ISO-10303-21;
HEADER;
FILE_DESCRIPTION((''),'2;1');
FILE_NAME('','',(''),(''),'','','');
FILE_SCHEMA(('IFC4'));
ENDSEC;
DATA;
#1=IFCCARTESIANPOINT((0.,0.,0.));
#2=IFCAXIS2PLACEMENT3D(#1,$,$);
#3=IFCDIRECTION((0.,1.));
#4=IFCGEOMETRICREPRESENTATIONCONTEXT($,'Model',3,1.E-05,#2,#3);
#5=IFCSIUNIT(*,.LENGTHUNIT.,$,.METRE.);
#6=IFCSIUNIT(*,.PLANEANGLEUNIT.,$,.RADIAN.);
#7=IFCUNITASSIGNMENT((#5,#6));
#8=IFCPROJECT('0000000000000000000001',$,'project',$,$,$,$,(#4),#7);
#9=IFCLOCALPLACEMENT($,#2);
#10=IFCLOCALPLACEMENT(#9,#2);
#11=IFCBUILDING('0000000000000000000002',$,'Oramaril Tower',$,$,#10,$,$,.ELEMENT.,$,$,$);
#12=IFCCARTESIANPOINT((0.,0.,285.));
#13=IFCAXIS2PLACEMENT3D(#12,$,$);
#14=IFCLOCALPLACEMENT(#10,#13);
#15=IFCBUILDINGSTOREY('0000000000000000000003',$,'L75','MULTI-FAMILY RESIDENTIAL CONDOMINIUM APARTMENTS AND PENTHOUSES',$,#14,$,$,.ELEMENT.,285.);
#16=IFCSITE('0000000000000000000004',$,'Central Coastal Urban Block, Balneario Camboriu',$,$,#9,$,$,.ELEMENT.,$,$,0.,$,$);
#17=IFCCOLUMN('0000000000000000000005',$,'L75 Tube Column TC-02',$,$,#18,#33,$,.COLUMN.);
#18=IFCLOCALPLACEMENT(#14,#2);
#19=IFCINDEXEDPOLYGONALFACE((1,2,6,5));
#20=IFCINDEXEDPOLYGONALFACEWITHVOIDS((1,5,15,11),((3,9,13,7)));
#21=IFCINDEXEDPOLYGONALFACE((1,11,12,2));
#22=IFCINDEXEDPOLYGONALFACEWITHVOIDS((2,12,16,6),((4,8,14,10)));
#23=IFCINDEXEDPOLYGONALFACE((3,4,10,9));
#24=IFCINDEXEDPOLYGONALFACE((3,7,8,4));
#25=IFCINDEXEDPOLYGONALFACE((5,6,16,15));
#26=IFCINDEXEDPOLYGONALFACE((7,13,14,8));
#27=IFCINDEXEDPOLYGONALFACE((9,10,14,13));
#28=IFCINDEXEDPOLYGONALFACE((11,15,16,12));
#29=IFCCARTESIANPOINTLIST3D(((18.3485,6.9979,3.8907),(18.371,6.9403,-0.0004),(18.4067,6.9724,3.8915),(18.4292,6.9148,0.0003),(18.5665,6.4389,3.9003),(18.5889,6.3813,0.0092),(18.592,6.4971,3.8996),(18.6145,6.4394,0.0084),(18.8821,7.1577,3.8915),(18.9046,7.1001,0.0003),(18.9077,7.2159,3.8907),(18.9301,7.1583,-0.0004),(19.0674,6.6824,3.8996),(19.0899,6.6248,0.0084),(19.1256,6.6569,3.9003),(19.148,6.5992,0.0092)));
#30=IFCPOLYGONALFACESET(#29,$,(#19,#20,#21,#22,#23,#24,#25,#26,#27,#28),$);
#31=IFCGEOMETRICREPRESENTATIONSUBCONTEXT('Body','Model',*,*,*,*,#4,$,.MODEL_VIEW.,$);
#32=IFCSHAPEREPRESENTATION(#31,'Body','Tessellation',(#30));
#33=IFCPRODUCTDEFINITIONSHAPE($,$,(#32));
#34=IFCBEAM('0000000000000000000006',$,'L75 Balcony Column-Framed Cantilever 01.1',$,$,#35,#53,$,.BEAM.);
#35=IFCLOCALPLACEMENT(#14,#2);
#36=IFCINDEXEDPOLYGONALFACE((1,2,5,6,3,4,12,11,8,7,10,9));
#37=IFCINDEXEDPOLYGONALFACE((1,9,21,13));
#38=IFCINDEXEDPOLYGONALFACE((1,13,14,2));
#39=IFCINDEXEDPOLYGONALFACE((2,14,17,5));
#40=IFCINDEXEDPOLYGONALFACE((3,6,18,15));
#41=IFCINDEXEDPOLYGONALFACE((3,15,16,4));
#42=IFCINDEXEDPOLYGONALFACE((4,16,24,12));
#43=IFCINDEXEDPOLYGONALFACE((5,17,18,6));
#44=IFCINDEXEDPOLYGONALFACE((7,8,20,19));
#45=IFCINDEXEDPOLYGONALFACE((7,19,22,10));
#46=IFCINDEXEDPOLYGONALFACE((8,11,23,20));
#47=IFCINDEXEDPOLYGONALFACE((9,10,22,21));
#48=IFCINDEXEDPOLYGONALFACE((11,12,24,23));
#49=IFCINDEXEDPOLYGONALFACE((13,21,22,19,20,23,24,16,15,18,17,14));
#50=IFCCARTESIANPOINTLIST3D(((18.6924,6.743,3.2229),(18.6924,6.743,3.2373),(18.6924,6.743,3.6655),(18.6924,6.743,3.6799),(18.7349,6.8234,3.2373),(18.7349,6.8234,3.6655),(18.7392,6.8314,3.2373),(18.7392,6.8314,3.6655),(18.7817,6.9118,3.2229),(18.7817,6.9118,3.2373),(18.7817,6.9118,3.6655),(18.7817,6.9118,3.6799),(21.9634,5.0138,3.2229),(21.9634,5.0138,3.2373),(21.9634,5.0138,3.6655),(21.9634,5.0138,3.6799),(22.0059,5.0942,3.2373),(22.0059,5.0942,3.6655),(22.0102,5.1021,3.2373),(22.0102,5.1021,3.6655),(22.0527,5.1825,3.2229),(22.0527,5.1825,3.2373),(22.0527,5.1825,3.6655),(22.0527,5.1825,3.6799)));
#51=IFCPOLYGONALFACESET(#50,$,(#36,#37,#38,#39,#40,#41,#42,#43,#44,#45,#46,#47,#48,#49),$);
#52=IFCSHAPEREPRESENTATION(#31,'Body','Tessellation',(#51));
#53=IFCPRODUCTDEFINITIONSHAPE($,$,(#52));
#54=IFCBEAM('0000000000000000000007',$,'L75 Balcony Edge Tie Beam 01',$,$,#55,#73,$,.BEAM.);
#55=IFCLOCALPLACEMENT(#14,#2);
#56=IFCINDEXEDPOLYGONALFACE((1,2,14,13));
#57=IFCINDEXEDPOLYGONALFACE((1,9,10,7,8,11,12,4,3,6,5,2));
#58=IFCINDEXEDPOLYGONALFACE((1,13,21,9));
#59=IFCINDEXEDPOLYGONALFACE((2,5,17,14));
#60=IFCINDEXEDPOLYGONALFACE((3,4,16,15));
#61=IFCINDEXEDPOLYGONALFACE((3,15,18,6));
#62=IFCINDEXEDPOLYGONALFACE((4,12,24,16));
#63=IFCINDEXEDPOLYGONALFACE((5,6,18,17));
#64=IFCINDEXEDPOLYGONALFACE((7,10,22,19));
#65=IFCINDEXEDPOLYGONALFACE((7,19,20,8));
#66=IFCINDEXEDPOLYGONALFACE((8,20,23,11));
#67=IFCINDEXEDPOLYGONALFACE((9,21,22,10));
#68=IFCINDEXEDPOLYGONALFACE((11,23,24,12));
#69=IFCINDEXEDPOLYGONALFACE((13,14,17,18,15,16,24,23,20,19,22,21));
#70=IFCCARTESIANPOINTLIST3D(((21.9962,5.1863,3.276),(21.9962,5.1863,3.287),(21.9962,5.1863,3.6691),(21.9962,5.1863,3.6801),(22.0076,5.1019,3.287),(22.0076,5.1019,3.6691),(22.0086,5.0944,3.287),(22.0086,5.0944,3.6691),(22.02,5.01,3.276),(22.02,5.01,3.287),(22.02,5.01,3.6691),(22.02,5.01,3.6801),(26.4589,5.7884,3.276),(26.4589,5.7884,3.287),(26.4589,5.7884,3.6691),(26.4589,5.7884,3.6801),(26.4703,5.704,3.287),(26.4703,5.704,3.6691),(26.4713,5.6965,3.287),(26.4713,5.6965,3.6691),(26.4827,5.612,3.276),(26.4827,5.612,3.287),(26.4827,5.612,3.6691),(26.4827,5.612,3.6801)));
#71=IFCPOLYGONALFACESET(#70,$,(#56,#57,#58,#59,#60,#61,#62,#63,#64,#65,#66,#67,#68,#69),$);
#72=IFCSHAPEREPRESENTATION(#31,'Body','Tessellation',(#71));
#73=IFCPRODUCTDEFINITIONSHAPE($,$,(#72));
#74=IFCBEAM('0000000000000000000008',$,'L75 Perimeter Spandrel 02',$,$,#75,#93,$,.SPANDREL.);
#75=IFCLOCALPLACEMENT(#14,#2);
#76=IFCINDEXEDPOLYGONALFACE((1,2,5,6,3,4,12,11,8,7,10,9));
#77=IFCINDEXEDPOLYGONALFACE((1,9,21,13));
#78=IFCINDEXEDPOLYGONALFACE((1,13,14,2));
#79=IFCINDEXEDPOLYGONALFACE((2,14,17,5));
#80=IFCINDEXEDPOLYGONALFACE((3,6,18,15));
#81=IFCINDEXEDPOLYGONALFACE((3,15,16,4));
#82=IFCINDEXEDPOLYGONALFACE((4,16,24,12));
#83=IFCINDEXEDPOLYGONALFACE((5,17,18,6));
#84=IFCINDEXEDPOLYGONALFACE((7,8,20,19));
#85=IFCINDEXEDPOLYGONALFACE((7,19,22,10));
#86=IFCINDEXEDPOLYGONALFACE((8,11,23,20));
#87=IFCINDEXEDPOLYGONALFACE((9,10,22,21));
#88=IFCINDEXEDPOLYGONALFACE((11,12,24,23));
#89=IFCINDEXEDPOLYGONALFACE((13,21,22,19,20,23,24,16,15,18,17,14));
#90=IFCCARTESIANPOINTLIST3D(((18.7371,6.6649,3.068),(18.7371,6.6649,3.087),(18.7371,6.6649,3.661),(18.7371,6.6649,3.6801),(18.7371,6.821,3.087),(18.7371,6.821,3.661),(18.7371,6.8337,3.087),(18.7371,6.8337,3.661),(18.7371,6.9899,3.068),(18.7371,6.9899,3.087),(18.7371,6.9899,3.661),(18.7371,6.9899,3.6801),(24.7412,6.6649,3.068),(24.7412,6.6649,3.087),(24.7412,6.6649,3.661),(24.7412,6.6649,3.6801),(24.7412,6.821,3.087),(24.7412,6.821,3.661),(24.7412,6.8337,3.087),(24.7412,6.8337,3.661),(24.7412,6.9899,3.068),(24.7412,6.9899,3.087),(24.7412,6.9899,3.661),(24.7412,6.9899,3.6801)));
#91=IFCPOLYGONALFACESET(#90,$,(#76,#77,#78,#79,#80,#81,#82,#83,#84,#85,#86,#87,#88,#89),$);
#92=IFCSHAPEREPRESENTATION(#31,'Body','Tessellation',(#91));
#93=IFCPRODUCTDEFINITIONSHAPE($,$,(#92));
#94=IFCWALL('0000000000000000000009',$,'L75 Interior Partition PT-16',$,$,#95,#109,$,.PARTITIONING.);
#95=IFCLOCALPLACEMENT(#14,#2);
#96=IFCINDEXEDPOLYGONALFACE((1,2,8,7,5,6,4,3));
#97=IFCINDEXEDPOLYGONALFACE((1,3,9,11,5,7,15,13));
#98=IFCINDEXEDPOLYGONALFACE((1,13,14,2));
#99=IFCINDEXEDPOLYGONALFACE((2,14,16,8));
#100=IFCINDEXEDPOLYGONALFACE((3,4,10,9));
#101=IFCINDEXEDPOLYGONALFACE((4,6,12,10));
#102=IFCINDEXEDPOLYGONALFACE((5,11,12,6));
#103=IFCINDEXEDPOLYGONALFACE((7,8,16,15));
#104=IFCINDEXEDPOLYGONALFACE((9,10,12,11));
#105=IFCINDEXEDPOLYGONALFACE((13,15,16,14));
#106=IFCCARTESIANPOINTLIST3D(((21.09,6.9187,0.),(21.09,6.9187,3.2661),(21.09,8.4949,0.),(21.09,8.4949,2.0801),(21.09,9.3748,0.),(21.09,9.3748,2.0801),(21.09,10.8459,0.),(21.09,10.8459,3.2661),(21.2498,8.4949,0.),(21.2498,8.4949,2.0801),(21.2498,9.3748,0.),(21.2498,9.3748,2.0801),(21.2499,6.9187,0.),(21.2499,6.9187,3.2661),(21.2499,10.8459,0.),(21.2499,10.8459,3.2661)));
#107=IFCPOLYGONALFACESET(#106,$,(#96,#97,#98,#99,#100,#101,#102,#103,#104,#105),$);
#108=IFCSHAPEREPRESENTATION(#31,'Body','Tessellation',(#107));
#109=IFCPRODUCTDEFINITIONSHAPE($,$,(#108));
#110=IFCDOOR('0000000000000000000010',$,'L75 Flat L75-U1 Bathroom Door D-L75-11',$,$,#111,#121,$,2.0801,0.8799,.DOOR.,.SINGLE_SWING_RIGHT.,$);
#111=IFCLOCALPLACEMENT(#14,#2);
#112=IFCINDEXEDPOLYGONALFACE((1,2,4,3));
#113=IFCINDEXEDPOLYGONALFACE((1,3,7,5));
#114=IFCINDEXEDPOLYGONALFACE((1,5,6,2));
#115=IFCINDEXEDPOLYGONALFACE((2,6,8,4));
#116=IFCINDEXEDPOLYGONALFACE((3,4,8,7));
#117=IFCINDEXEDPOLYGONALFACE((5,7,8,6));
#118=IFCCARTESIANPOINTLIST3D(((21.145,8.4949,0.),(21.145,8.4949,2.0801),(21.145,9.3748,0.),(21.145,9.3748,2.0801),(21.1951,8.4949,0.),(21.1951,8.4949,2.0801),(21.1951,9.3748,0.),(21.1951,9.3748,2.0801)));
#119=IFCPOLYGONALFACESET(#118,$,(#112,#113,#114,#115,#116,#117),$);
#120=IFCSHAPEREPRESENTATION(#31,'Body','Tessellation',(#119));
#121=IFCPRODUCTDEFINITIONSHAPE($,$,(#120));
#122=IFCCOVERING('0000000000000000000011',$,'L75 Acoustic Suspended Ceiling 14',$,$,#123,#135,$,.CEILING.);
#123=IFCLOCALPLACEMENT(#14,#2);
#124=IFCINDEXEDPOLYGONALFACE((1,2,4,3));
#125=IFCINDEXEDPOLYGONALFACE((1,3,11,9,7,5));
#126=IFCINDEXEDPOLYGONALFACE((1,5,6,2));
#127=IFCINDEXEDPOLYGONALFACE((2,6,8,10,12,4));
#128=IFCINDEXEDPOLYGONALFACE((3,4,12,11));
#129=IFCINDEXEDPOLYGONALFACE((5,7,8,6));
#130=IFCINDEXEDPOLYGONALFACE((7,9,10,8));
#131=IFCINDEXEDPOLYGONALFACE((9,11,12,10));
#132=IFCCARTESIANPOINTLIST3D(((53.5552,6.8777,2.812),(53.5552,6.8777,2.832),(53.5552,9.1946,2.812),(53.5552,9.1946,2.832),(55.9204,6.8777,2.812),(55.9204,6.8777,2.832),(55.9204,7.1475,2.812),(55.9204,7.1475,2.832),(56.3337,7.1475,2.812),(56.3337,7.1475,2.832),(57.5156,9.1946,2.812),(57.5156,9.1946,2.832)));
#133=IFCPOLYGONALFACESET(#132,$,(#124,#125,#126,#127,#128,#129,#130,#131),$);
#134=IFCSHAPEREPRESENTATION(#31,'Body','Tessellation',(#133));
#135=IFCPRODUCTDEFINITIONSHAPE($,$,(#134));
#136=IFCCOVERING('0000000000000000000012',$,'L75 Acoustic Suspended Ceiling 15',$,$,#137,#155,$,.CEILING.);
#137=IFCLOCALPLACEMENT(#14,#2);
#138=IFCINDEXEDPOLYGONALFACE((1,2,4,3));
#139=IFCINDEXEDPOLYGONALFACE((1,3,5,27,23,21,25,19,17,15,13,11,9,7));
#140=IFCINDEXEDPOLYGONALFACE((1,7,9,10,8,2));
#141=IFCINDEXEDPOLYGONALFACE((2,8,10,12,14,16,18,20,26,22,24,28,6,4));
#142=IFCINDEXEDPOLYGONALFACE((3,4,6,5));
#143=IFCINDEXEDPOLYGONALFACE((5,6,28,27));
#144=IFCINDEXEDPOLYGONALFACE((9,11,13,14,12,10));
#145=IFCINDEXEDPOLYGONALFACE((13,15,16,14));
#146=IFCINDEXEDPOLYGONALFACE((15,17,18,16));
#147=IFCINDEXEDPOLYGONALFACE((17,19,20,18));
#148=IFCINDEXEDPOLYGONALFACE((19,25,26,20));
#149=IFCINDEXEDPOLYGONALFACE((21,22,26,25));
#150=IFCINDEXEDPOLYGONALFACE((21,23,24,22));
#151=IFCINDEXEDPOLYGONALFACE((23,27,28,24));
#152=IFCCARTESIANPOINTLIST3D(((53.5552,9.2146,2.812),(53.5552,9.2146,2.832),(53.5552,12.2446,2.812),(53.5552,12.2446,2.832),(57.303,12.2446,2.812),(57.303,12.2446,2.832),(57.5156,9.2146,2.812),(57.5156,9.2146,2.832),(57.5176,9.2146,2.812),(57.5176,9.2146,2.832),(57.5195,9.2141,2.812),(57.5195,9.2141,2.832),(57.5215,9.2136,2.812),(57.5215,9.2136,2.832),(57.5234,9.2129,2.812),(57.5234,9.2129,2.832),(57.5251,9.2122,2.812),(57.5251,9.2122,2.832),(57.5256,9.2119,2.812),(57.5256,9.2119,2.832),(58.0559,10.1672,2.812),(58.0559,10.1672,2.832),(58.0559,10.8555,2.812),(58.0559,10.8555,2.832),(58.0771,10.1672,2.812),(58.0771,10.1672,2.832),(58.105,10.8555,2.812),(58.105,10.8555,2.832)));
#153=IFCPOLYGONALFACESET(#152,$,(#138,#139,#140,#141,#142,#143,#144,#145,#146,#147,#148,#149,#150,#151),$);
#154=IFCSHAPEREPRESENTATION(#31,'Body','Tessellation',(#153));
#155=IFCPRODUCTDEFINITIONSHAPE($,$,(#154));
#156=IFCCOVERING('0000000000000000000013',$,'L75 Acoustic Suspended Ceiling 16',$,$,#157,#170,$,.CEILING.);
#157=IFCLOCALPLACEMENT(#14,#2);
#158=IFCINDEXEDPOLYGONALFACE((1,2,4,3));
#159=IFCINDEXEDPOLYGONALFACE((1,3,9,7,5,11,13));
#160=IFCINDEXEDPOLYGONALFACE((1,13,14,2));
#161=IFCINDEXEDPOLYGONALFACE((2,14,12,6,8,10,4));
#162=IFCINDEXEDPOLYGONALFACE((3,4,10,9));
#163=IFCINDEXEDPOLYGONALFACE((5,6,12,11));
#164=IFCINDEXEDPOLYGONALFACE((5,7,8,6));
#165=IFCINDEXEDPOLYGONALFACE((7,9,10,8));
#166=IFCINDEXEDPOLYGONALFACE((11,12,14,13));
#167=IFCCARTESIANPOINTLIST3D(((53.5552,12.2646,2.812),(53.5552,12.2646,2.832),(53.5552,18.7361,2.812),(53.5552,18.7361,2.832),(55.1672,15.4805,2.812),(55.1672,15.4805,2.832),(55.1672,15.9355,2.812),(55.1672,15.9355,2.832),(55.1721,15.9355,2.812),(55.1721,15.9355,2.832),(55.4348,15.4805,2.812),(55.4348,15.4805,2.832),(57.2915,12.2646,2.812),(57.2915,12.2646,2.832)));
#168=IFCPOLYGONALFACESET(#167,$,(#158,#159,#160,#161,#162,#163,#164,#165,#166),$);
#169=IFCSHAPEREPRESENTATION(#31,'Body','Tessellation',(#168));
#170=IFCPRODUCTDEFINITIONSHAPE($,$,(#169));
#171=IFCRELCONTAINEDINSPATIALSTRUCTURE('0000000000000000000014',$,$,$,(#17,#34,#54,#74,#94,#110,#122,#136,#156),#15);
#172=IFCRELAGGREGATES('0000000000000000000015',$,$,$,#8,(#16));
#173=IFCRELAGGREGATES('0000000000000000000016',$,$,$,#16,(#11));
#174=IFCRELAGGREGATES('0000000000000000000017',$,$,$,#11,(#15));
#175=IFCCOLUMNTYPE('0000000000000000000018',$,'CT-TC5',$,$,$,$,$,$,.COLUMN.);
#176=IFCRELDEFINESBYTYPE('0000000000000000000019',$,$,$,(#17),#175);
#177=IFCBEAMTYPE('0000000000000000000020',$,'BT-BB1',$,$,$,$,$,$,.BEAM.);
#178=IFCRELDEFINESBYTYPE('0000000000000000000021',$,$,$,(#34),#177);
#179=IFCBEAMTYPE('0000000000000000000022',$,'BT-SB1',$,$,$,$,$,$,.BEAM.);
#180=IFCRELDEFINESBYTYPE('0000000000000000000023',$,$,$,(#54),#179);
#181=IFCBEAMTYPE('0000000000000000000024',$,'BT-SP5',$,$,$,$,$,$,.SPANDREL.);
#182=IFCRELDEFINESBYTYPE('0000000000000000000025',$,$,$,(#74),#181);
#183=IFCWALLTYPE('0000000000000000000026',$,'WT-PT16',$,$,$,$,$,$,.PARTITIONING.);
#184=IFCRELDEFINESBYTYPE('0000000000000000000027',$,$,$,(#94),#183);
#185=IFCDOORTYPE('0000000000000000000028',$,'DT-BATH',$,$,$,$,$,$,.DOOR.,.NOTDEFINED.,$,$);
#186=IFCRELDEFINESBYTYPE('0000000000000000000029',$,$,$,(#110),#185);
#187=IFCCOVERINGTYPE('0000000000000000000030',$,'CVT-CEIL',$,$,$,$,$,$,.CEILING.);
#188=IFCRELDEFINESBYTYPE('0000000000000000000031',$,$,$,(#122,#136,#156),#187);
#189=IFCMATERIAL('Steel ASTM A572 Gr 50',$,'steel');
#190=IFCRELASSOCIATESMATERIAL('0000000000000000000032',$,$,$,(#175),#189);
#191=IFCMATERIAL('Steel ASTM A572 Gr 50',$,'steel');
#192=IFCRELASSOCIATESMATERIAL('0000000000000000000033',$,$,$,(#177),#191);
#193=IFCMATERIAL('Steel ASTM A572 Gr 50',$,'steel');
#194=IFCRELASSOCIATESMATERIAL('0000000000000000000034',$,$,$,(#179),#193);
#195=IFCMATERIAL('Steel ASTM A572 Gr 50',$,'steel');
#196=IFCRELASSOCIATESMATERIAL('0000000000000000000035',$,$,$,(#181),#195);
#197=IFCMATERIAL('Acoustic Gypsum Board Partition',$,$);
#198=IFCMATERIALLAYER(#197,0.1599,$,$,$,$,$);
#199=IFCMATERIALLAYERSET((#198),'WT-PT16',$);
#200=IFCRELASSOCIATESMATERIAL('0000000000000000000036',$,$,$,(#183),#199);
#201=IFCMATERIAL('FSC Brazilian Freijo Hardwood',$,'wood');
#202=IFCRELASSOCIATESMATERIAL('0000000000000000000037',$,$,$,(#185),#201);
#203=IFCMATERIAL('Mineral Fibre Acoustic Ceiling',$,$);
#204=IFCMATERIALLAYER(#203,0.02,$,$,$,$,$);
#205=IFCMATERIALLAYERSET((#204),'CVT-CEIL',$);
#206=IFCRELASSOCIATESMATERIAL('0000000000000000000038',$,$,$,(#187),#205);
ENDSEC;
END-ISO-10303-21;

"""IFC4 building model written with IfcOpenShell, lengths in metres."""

from ifc_helpers import new_model, si_unit, direction, frame, frame_2d, origin, origin_2d, place, context, subcontext, project, spatial, polyline, rectangle, hollow_rectangle, i_section, outline, extrude, material, layer, layer_set, material_profile, profile_set, type_object, element, fill, save


model = new_model("IFC4")

# Units and contexts
model_context = context("Model", 3, precision=1e-05, world=origin(), true_north=direction((0.0, 1.0)))
body_context = subcontext(model_context, "Body", "Model", "MODEL_VIEW")
ifc_project = project(units=[si_unit("LENGTHUNIT", "METRE"), si_unit("PLANEANGLEUNIT", "RADIAN")], contexts=[model_context])

# Site, building, storey
site_placement = place(None, origin())
site = spatial("IfcSite", under=ifc_project, at=site_placement, Name="Central Coastal Urban Block, Balneario Camboriu", CompositionType="ELEMENT", RefElevation=0.0)
building_placement = place(site_placement, origin())
building = spatial("IfcBuilding", under=site, at=building_placement, Name="Oramaril Tower", CompositionType="ELEMENT")
storey_placement = place(building_placement, frame((0.0, 0.0, 285.0)))
storey = spatial("IfcBuildingStorey", under=building, at=storey_placement, Name="L75", Description="MULTI-FAMILY RESIDENTIAL CONDOMINIUM APARTMENTS AND PENTHOUSES", CompositionType="ELEMENT", Elevation=285.0)

# Column
ifc_material_1 = material(Name="Steel ASTM A572 Gr 50", Category="steel")
ifc_material_profile_1 = material_profile(ifc_material_1, hollow_rectangle(XDim=0.6001, YDim=0.6001, WallThickness=0.0449, at=origin_2d()), Name="BOX600X600X45")
ifc_profile_set_1 = profile_set([ifc_material_profile_1], Name="Steel ASTM A572 Gr 50")
column_type = type_object("IfcColumnType", Name="CT-TC5", PredefinedType="COLUMN", material=ifc_profile_set_1)
column_placement = place(storey_placement, frame((18.7595, 6.7698, 0.0044), z_axis=(-0.005772, 0.014806, 0.999874), x_axis=(-0.931708, -0.363208, 0.0)))
element("IfcColumn", 1, at=column_placement, inside=storey, type_object=column_type, Name="L75 Tube Column TC-02", PredefinedType="COLUMN", context=body_context, shape_type="SweptSolid", body=[
    extrude(hollow_rectangle(XDim=0.6001, YDim=0.6001, WallThickness=0.0449, at=origin_2d()), origin(), (0.0, 0.0, 1.0), 3.8916),
])

# Beams
ifc_material_2 = material(Name="Steel ASTM A572 Gr 50", Category="steel")
ifc_material_profile_2 = material_profile(ifc_material_2, i_section(OverallWidth=0.1909, OverallDepth=0.457, WebThickness=0.009, FlangeThickness=0.0144, at=origin_2d()), Name="W18X50")
ifc_profile_set_2 = profile_set([ifc_material_profile_2], Name="Steel ASTM A572 Gr 50")
beam_type_1 = type_object("IfcBeamType", Name="BT-BB1", PredefinedType="BEAM", material=ifc_profile_set_2)
beam_1_placement = place(storey_placement, frame((18.7371, 6.8274, 3.4514), z_axis=(0.884062, -0.467369, 0.0), x_axis=(0.467369, 0.884062, 0.0)))
element("IfcBeam", 2, at=beam_1_placement, inside=storey, type_object=beam_type_1, Name="L75 Balcony Column-Framed Cantilever 01.1", PredefinedType="BEAM", context=body_context, shape_type="SweptSolid", body=[
    extrude(i_section(OverallWidth=0.1909, OverallDepth=0.457, WebThickness=0.009, FlangeThickness=0.0144, at=origin_2d()), origin(), (0.0, 0.0, 1.0), 3.7),
])
ifc_material_3 = material(Name="Steel ASTM A572 Gr 50", Category="steel")
ifc_material_profile_3 = material_profile(ifc_material_3, i_section(OverallWidth=0.178, OverallDepth=0.4041, WebThickness=0.0076, FlangeThickness=0.011, at=origin_2d()), Name="W16X36")
ifc_profile_set_3 = profile_set([ifc_material_profile_3], Name="Steel ASTM A572 Gr 50")
beam_type_2 = type_object("IfcBeamType", Name="BT-SB1", PredefinedType="BEAM", material=ifc_profile_set_3)
beam_2_placement = place(storey_placement, frame((22.0081, 5.0981, 3.478), z_axis=(0.991022, 0.133698, 0.0), x_axis=(-0.133698, 0.991022, 0.0)))
element("IfcBeam", 3, at=beam_2_placement, inside=storey, type_object=beam_type_2, Name="L75 Balcony Edge Tie Beam 01", PredefinedType="BEAM", context=body_context, shape_type="SweptSolid", body=[
    extrude(i_section(OverallWidth=0.178, OverallDepth=0.4041, WebThickness=0.0076, FlangeThickness=0.011, at=origin_2d()), origin(), (0.0, 0.0, 1.0), 4.5032),
])
ifc_material_4 = material(Name="Steel ASTM A572 Gr 50", Category="steel")
ifc_material_profile_4 = material_profile(ifc_material_4, i_section(OverallWidth=0.325, OverallDepth=0.6121, WebThickness=0.0127, FlangeThickness=0.019, at=origin_2d()), Name="W24X104")
ifc_profile_set_4 = profile_set([ifc_material_profile_4], Name="Steel ASTM A572 Gr 50")
beam_type_3 = type_object("IfcBeamType", Name="BT-SP5", PredefinedType="SPANDREL", material=ifc_profile_set_4)
beam_3_placement = place(storey_placement, frame((18.7371, 6.8274, 3.374), z_axis=(1.0, 0.0, 0.0), x_axis=(0.0, 1.0, 0.0)))
element("IfcBeam", 4, at=beam_3_placement, inside=storey, type_object=beam_type_3, Name="L75 Perimeter Spandrel 02", PredefinedType="SPANDREL", context=body_context, shape_type="SweptSolid", body=[
    extrude(i_section(OverallWidth=0.325, OverallDepth=0.6121, WebThickness=0.0127, FlangeThickness=0.019, at=origin_2d()), origin(), (0.0, 0.0, 1.0), 6.0042),
])

# Wall, opening, door
ifc_material_5 = material(Name="Acoustic Gypsum Board Partition")
ifc_layer_1 = layer(ifc_material_5, 0.1599)
ifc_layer_set_1 = layer_set([ifc_layer_1], Name="WT-PT16")
wall_type_1 = type_object("IfcWallType", Name="WT-PT16", PredefinedType="PARTITIONING", material=ifc_layer_set_1)
wall_1_placement = place(storey_placement, frame((21.1699, 6.9187, 0.0), z_axis=(0.0, 0.0, 1.0), x_axis=(0.0, 1.0, 0.0)))
wall_1 = element("IfcWall", 5, at=wall_1_placement, inside=storey, type_object=wall_type_1, Name="L75 Interior Partition PT-16", PredefinedType="PARTITIONING", context=body_context, shape_type="SweptSolid", body=[
    extrude(rectangle(XDim=3.9272, YDim=0.1599, at=frame_2d((1.9636, 0.0))), origin(), (0.0, 0.0, 1.0), 3.2661),
])
opening_1_placement = place(wall_1_placement, frame((1.5762, 0.0, 0.0)))
opening_1 = element("IfcOpeningElement", 6, at=opening_1_placement, cuts=wall_1, PredefinedType="OPENING", context=body_context, shape_type="SweptSolid", body=[
    extrude(rectangle(XDim=0.8799, YDim=2.0801, at=frame_2d((0.4399, 1.04))), frame((0.0, 0.0801, 0.0), z_axis=(0.0, -1.0, 0.0), x_axis=(1.0, 0.0, 0.0)), (0.0, 0.0, 1.0), 0.1599),
])
ifc_material_6 = material(Name="FSC Brazilian Freijo Hardwood", Category="wood")
door_type_1 = type_object("IfcDoorType", Name="DT-BATH", OperationType="NOTDEFINED", PredefinedType="DOOR", material=ifc_material_6)
door_1_placement = place(opening_1_placement, origin())
door_1 = element("IfcDoor", 7, at=door_1_placement, inside=storey, type_object=door_type_1, Name="L75 Flat L75-U1 Bathroom Door D-L75-11", OperationType="SINGLE_SWING_RIGHT", OverallHeight=2.0801, OverallWidth=0.8799, PredefinedType="DOOR", context=body_context, shape_type="SweptSolid", body=[
    extrude(rectangle(XDim=0.8799, YDim=2.0801, at=frame_2d((0.4399, 1.04))), frame((0.0, 0.0249, 0.0), z_axis=(0.0, -1.0, 0.0), x_axis=(1.0, 0.0, 0.0)), (0.0, 0.0, 1.0), 0.05),
])
fill(opening_1, door_1)

# Coverings
ifc_material_7 = material(Name="Mineral Fibre Acoustic Ceiling")
ifc_layer_2 = layer(ifc_material_7, 0.02)
ifc_layer_set_2 = layer_set([ifc_layer_2], Name="CVT-CEIL")
covering_type_1 = type_object("IfcCoveringType", Name="CVT-CEIL", PredefinedType="CEILING", material=ifc_layer_set_2)
covering_1_placement = place(storey_placement, frame((0.0, 0.0, 2.812)))
element("IfcCovering", 8, at=covering_1_placement, inside=storey, type_object=covering_type_1, Name="L75 Acoustic Suspended Ceiling 14", PredefinedType="CEILING", context=body_context, shape_type="SweptSolid", body=[
    extrude(outline(polyline([(56.3337, 7.1475), (55.9204, 7.1475), (55.9204, 6.8777), (53.5552, 6.8777), (53.5552, 9.1946), (57.5156, 9.1946), (56.3337, 7.1475)])), origin(), (0.0, 0.0, 1.0), 0.02),
])
covering_2_placement = place(storey_placement, frame((0.0, 0.0, 2.812)))
element("IfcCovering", 9, at=covering_2_placement, inside=storey, type_object=covering_type_1, Name="L75 Acoustic Suspended Ceiling 15", PredefinedType="CEILING", context=body_context, shape_type="SweptSolid", body=[
    extrude(outline(polyline([(58.105, 10.8555), (58.0559, 10.8555), (58.0559, 10.1672), (58.0771, 10.1672), (57.5256, 9.2119), (57.5251, 9.2122), (57.5234, 9.2129), (57.5215, 9.2136), (57.5195, 9.2141), (57.5176, 9.2146), (57.5156, 9.2146), (53.5552, 9.2146), (53.5552, 12.2446), (57.303, 12.2446), (58.105, 10.8555)])), origin(), (0.0, 0.0, 1.0), 0.02),
])
covering_3_placement = place(storey_placement, frame((0.0, 0.0, 2.812)))
element("IfcCovering", 10, at=covering_3_placement, inside=storey, type_object=covering_type_1, Name="L75 Acoustic Suspended Ceiling 16", PredefinedType="CEILING", context=body_context, shape_type="SweptSolid", body=[
    extrude(outline(polyline([(55.1672, 15.9355), (55.1672, 15.4805), (55.4348, 15.4805), (57.2915, 12.2646), (53.5552, 12.2646), (53.5552, 18.7361), (55.1721, 15.9355), (55.1672, 15.9355)])), origin(), (0.0, 0.0, 1.0), 0.02),
])

save(model, "model.ifc")
